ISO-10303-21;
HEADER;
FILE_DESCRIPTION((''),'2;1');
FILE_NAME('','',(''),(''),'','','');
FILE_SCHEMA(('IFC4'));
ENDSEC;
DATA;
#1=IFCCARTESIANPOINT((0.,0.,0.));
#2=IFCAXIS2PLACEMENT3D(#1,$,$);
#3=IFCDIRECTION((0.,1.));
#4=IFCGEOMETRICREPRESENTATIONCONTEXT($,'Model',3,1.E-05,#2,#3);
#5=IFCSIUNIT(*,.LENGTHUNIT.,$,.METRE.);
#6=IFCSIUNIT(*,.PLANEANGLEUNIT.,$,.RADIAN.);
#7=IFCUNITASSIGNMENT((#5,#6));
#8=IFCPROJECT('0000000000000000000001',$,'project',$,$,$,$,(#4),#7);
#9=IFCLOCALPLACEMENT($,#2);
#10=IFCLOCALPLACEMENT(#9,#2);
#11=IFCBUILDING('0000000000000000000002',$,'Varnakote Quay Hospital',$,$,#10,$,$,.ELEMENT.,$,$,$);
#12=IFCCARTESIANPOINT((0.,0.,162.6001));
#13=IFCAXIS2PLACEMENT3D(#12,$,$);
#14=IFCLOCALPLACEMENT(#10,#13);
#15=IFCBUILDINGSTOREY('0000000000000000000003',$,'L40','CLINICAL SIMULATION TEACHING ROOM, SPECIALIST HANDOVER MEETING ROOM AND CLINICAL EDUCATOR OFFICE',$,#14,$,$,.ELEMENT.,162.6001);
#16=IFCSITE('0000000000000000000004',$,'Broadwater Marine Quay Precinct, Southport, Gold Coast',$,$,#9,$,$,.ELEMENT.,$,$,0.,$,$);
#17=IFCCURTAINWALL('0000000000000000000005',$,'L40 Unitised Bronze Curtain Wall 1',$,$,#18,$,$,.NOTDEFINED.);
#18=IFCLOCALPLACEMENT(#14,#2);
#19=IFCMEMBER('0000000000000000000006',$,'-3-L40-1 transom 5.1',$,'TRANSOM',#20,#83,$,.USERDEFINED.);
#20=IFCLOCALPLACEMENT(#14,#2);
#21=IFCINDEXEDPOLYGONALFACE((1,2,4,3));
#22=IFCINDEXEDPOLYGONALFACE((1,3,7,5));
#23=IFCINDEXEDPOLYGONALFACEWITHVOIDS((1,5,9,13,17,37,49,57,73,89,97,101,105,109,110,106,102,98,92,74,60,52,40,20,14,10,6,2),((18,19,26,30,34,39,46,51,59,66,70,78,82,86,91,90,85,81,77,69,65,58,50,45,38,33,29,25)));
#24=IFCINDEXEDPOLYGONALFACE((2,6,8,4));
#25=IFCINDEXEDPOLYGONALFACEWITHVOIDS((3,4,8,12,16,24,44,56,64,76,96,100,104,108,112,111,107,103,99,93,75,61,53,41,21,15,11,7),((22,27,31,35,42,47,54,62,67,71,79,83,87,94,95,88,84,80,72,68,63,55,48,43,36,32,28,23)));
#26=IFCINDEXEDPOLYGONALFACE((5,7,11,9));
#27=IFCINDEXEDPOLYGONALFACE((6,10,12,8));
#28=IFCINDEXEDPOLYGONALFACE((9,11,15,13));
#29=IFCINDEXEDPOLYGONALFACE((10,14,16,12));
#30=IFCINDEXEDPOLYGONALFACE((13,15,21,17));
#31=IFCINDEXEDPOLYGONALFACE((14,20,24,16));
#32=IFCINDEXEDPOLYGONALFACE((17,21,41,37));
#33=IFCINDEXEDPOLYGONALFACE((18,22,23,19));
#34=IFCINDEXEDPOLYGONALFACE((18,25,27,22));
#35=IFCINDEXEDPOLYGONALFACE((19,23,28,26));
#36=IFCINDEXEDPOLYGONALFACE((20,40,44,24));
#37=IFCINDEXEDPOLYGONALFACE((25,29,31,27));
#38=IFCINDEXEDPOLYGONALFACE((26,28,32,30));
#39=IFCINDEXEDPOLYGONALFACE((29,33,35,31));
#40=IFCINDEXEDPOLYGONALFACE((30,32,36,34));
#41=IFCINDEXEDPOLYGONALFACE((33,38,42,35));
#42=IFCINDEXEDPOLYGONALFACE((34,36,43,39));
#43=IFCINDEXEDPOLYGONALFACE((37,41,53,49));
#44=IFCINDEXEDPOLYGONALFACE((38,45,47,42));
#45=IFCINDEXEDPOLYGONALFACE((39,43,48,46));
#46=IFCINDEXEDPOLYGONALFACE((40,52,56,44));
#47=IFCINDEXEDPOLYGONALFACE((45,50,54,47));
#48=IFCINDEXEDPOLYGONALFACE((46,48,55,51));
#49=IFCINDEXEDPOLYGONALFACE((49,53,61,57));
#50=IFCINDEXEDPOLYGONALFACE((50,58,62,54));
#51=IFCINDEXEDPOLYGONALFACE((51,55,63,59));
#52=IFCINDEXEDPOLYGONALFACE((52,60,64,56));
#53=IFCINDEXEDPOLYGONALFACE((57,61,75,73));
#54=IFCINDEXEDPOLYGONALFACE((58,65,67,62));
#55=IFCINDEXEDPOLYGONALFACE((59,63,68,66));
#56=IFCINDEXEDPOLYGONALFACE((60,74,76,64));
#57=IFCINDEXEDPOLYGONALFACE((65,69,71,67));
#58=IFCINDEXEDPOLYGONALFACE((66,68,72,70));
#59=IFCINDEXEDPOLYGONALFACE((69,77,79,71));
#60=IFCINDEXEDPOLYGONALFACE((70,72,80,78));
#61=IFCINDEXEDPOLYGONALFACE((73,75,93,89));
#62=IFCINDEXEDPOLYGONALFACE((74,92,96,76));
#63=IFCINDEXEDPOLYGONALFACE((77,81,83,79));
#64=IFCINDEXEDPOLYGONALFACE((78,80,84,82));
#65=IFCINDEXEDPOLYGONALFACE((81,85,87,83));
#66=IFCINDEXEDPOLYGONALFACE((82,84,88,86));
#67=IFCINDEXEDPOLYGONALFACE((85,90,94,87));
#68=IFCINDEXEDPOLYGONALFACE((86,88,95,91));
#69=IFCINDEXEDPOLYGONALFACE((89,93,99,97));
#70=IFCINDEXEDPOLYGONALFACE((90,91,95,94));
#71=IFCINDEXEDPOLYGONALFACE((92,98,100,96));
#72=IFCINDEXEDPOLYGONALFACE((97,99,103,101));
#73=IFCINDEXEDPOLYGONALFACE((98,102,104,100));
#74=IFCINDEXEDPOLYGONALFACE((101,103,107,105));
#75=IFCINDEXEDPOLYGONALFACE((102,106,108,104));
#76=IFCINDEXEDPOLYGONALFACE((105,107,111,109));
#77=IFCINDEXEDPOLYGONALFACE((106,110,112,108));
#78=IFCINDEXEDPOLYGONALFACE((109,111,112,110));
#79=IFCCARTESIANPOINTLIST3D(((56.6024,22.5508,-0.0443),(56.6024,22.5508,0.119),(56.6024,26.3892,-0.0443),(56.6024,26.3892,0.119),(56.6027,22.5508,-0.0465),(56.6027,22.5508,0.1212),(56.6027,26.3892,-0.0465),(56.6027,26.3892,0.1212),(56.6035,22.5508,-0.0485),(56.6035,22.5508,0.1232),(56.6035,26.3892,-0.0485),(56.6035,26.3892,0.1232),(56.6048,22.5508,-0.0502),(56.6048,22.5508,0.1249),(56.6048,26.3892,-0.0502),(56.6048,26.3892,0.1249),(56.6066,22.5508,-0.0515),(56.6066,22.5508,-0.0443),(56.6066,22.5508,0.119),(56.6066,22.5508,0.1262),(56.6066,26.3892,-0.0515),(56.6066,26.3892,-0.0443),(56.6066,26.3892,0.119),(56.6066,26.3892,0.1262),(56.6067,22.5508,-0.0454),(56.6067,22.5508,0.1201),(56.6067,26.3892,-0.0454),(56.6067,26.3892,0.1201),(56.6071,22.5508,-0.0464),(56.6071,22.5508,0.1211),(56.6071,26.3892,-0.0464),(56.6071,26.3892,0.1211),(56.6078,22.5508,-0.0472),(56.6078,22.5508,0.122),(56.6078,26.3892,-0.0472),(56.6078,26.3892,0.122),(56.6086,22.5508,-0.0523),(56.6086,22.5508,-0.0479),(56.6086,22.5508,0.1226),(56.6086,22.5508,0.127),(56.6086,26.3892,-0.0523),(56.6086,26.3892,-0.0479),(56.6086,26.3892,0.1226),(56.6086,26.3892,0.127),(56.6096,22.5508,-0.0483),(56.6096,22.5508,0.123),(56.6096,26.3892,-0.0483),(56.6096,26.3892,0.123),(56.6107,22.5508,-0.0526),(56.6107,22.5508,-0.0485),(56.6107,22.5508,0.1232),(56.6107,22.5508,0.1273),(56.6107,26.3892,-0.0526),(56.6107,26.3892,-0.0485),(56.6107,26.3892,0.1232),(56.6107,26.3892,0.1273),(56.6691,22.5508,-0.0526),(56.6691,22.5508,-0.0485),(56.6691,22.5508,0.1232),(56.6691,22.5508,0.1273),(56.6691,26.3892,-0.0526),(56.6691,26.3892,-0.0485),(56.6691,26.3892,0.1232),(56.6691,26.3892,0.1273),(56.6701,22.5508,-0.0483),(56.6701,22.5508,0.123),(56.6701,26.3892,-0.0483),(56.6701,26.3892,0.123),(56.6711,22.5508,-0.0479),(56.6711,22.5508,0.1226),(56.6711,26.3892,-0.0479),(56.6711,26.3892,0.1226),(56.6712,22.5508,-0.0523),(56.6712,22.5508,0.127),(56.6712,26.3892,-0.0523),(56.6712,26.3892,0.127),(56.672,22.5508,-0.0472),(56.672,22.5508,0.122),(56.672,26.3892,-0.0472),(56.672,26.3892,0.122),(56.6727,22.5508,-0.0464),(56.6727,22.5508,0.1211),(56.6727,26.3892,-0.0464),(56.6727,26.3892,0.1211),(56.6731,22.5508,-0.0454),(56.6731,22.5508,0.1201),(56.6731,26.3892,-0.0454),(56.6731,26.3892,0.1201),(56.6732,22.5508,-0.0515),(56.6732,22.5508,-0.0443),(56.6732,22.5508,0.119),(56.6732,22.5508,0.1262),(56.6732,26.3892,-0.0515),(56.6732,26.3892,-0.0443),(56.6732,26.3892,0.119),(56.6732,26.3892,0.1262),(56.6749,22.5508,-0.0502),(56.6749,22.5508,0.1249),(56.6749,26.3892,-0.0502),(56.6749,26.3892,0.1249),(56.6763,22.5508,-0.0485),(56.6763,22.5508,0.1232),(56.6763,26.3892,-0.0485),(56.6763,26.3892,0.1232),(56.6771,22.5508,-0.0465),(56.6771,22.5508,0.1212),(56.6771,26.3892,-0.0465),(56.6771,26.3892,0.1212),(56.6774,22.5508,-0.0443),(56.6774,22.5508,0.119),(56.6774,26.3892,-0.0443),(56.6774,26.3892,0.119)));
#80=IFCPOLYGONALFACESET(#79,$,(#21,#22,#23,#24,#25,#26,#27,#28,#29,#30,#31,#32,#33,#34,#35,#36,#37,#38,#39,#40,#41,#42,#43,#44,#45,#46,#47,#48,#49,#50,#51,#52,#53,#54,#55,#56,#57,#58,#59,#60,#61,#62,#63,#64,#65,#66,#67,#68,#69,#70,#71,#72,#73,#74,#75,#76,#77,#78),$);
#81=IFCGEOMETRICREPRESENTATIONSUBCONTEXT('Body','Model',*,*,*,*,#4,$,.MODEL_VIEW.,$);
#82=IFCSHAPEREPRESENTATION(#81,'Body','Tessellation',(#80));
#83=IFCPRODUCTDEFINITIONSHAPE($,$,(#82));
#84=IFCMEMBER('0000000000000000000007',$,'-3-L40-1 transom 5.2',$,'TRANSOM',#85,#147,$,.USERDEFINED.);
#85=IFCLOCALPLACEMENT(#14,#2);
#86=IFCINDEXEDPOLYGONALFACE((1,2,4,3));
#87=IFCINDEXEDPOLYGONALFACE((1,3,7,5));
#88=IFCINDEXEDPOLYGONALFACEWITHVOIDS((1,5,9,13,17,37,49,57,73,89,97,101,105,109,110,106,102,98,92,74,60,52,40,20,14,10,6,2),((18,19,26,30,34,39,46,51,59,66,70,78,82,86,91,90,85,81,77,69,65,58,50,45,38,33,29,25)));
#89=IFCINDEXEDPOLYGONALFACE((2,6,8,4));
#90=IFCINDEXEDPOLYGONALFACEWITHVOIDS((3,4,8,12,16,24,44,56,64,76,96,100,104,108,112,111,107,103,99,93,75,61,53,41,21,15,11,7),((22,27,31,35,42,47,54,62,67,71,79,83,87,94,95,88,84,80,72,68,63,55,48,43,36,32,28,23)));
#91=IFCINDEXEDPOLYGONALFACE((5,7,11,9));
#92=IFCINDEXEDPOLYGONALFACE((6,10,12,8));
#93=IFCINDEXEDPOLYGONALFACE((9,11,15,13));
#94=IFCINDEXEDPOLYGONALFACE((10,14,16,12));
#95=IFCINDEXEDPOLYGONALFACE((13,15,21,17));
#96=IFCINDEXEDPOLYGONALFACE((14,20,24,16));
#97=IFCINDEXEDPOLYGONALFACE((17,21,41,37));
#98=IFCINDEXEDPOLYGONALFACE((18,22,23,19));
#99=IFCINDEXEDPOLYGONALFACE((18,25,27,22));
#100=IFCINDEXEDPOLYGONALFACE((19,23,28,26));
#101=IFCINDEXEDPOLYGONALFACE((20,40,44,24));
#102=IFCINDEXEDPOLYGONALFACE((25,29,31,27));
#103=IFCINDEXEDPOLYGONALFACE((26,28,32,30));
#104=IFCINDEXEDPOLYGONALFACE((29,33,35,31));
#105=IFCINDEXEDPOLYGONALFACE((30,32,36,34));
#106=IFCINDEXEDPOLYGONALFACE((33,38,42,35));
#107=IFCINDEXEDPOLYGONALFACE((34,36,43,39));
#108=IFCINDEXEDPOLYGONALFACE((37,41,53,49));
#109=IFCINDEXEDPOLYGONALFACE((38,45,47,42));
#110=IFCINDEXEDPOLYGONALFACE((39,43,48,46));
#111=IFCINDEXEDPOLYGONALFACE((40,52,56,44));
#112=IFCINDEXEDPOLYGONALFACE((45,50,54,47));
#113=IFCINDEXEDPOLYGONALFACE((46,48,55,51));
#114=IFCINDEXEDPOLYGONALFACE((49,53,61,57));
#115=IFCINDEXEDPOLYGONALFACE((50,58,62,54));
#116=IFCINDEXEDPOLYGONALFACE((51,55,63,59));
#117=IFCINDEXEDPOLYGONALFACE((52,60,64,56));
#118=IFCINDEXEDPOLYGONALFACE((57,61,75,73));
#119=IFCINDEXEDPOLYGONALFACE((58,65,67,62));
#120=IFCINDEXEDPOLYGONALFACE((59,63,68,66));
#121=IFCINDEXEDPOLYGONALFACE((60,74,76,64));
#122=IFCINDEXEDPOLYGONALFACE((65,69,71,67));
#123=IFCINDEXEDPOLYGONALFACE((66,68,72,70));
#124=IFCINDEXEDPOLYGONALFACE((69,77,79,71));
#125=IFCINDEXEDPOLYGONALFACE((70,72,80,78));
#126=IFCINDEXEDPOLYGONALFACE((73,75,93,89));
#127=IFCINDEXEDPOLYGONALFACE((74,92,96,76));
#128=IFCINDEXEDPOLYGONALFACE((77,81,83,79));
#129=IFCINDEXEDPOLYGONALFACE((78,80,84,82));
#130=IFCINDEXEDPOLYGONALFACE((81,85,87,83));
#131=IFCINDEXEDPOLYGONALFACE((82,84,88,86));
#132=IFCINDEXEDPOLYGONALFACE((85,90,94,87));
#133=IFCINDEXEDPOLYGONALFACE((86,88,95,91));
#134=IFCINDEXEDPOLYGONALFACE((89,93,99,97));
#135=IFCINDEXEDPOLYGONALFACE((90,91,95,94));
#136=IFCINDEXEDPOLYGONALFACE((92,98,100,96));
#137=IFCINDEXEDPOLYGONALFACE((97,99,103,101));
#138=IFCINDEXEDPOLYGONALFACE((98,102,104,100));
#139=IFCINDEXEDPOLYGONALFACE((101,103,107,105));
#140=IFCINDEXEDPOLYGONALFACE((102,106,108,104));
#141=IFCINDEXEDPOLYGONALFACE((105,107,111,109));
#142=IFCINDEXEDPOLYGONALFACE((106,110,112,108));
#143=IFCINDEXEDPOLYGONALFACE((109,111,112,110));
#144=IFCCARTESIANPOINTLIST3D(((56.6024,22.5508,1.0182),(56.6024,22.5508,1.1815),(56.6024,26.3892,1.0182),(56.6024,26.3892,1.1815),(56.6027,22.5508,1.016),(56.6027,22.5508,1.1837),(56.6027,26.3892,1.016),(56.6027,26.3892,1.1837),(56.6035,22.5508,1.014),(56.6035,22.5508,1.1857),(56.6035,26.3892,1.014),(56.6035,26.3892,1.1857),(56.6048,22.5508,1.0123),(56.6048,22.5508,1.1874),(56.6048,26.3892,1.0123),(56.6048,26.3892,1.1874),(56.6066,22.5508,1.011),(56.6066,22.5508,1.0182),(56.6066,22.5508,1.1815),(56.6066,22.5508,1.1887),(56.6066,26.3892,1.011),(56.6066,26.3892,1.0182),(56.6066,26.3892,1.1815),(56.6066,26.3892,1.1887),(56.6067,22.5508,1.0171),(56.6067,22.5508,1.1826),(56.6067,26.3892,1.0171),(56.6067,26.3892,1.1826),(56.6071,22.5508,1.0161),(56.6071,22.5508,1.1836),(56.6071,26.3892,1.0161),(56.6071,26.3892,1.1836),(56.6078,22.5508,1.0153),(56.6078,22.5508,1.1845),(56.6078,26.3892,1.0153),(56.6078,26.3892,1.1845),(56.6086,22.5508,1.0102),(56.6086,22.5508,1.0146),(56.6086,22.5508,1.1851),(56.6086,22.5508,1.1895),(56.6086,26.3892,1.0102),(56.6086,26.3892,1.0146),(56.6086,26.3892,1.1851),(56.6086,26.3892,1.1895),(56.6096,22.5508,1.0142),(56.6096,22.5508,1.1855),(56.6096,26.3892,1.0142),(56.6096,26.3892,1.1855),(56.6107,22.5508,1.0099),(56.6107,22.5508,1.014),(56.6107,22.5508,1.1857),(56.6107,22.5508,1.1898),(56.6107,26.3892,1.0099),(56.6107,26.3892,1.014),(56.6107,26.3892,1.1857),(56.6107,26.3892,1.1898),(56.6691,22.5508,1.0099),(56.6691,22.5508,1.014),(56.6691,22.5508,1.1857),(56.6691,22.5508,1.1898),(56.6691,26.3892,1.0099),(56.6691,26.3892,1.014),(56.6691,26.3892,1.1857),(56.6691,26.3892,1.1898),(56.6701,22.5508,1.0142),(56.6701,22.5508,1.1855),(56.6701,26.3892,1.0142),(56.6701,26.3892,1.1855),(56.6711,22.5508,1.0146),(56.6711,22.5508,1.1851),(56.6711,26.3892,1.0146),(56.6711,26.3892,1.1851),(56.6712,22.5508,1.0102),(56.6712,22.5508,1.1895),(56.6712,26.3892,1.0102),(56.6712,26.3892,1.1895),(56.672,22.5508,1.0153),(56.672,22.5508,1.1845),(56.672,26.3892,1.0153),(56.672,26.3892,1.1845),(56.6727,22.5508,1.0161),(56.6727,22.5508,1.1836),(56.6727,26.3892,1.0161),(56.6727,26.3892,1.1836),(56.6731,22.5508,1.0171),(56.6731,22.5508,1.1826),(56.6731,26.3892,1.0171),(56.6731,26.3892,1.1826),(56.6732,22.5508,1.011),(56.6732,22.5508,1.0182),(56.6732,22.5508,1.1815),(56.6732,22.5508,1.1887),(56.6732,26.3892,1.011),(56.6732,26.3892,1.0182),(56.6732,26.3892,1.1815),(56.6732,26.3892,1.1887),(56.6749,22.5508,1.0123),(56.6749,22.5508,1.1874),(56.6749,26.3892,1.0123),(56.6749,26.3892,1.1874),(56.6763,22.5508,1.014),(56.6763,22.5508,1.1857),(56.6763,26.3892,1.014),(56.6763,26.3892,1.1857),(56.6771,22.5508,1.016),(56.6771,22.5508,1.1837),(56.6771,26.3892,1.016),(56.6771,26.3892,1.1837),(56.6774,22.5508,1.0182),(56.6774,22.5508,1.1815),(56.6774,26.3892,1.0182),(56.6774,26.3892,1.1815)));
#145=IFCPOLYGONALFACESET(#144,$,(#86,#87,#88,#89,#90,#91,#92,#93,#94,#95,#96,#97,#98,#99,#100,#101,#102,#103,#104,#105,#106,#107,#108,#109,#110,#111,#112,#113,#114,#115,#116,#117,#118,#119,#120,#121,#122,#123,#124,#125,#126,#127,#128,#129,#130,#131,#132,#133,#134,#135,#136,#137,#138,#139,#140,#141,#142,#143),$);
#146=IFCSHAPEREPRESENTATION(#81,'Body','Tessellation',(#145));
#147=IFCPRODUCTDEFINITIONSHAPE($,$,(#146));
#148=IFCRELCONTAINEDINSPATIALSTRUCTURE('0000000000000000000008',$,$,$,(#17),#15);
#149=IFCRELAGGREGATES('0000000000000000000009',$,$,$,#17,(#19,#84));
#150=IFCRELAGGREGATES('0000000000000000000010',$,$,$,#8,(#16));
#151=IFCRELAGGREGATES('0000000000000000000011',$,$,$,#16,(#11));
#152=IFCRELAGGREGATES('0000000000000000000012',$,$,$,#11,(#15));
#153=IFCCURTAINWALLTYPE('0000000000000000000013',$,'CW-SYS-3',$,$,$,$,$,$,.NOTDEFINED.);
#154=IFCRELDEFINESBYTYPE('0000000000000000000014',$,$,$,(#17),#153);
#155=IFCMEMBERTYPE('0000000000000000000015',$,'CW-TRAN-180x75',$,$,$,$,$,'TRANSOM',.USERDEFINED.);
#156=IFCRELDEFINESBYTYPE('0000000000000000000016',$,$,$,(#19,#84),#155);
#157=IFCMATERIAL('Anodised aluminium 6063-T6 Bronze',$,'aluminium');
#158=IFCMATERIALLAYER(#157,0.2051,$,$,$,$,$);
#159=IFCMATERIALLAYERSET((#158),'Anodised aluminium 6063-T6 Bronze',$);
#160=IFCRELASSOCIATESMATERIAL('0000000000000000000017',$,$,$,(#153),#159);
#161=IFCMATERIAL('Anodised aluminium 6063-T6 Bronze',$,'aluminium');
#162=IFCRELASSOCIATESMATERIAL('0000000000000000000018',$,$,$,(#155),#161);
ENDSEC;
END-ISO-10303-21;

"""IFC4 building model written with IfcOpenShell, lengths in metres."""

from ifc_helpers import new_model, si_unit, direction, frame, origin, origin_2d, place, context, subcontext, project, spatial, hollow_rectangle, extrude, material, layer, layer_set, material_profile, profile_set, type_object, element, aggregate, save


model = new_model("IFC4")

# Units and contexts
model_context = context("Model", 3, precision=1e-05, world=origin(), true_north=direction((0.0, 1.0)))
body_context = subcontext(model_context, "Body", "Model", "MODEL_VIEW")
ifc_project = project(units=[si_unit("LENGTHUNIT", "METRE"), si_unit("PLANEANGLEUNIT", "RADIAN")], contexts=[model_context])

# Site, building, storey
site_placement = place(None, origin())
site = spatial("IfcSite", under=ifc_project, at=site_placement, Name="Broadwater Marine Quay Precinct, Southport, Gold Coast", CompositionType="ELEMENT", RefElevation=0.0)
building_placement = place(site_placement, origin())
building = spatial("IfcBuilding", under=site, at=building_placement, Name="Varnakote Quay Hospital", CompositionType="ELEMENT")
storey_placement = place(building_placement, frame((0.0, 0.0, 162.6001)))
storey = spatial("IfcBuildingStorey", under=building, at=storey_placement, Name="L40", Description="CLINICAL SIMULATION TEACHING ROOM, SPECIALIST HANDOVER MEETING ROOM AND CLINICAL EDUCATOR OFFICE", CompositionType="ELEMENT", Elevation=162.6001)

# Curtain wall, members
ifc_material_1 = material(Name="Anodised aluminium 6063-T6 Bronze", Category="aluminium")
ifc_layer_1 = layer(ifc_material_1, 0.2051)
ifc_layer_set_1 = layer_set([ifc_layer_1], Name="Anodised aluminium 6063-T6 Bronze")
curtain_wall_type = type_object("IfcCurtainWallType", Name="CW-SYS-3", PredefinedType="NOTDEFINED", material=ifc_layer_set_1)
curtain_wall_placement = place(storey_placement, origin())
curtain_wall = element("IfcCurtainWall", 1, at=curtain_wall_placement, inside=storey, type_object=curtain_wall_type, Name="L40 Unitised Bronze Curtain Wall 1", PredefinedType="NOTDEFINED")
ifc_material_2 = material(Name="Anodised aluminium 6063-T6 Bronze", Category="aluminium")
ifc_material_profile_1 = material_profile(ifc_material_2, hollow_rectangle(XDim=0.075, YDim=0.1799, WallThickness=0.0042, InnerFilletRadius=0.0042, OuterFilletRadius=0.0083, at=origin_2d()), Name="CW-TRAN-180x75")
ifc_profile_set_1 = profile_set([ifc_material_profile_1], Name="Anodised aluminium 6063-T6 Bronze")
member_type_1 = type_object("IfcMemberType", Name="CW-TRAN-180x75", ElementType="TRANSOM", PredefinedType="USERDEFINED", material=ifc_profile_set_1)
member_1_placement = place(storey_placement, frame((56.6399, 22.5508, 0.0374), z_axis=(0.0, 1.0, 0.0), x_axis=(-1.0, 0.0, 0.0)))
member_1 = element("IfcMember", 2, at=member_1_placement, type_object=member_type_1, Name="-3-L40-1 transom 5.1", ObjectType="TRANSOM", PredefinedType="USERDEFINED", context=body_context, shape_type="SweptSolid", body=[
    extrude(hollow_rectangle(XDim=0.075, YDim=0.1799, WallThickness=0.0042, InnerFilletRadius=0.0042, OuterFilletRadius=0.0083, at=origin_2d()), origin(), (0.0, 0.0, 1.0), 3.8384),
])
member_2_placement = place(storey_placement, frame((56.6399, 22.5508, 1.0999), z_axis=(0.0, 1.0, 0.0), x_axis=(-1.0, 0.0, 0.0)))
member_2 = element("IfcMember", 3, at=member_2_placement, type_object=member_type_1, Name="-3-L40-1 transom 5.2", ObjectType="TRANSOM", PredefinedType="USERDEFINED", context=body_context, shape_type="SweptSolid", body=[
    extrude(hollow_rectangle(XDim=0.075, YDim=0.1799, WallThickness=0.0042, InnerFilletRadius=0.0042, OuterFilletRadius=0.0083, at=origin_2d()), origin(), (0.0, 0.0, 1.0), 3.8384),
])
aggregate(curtain_wall, [member_1, member_2])

save(model, "model.ifc")
